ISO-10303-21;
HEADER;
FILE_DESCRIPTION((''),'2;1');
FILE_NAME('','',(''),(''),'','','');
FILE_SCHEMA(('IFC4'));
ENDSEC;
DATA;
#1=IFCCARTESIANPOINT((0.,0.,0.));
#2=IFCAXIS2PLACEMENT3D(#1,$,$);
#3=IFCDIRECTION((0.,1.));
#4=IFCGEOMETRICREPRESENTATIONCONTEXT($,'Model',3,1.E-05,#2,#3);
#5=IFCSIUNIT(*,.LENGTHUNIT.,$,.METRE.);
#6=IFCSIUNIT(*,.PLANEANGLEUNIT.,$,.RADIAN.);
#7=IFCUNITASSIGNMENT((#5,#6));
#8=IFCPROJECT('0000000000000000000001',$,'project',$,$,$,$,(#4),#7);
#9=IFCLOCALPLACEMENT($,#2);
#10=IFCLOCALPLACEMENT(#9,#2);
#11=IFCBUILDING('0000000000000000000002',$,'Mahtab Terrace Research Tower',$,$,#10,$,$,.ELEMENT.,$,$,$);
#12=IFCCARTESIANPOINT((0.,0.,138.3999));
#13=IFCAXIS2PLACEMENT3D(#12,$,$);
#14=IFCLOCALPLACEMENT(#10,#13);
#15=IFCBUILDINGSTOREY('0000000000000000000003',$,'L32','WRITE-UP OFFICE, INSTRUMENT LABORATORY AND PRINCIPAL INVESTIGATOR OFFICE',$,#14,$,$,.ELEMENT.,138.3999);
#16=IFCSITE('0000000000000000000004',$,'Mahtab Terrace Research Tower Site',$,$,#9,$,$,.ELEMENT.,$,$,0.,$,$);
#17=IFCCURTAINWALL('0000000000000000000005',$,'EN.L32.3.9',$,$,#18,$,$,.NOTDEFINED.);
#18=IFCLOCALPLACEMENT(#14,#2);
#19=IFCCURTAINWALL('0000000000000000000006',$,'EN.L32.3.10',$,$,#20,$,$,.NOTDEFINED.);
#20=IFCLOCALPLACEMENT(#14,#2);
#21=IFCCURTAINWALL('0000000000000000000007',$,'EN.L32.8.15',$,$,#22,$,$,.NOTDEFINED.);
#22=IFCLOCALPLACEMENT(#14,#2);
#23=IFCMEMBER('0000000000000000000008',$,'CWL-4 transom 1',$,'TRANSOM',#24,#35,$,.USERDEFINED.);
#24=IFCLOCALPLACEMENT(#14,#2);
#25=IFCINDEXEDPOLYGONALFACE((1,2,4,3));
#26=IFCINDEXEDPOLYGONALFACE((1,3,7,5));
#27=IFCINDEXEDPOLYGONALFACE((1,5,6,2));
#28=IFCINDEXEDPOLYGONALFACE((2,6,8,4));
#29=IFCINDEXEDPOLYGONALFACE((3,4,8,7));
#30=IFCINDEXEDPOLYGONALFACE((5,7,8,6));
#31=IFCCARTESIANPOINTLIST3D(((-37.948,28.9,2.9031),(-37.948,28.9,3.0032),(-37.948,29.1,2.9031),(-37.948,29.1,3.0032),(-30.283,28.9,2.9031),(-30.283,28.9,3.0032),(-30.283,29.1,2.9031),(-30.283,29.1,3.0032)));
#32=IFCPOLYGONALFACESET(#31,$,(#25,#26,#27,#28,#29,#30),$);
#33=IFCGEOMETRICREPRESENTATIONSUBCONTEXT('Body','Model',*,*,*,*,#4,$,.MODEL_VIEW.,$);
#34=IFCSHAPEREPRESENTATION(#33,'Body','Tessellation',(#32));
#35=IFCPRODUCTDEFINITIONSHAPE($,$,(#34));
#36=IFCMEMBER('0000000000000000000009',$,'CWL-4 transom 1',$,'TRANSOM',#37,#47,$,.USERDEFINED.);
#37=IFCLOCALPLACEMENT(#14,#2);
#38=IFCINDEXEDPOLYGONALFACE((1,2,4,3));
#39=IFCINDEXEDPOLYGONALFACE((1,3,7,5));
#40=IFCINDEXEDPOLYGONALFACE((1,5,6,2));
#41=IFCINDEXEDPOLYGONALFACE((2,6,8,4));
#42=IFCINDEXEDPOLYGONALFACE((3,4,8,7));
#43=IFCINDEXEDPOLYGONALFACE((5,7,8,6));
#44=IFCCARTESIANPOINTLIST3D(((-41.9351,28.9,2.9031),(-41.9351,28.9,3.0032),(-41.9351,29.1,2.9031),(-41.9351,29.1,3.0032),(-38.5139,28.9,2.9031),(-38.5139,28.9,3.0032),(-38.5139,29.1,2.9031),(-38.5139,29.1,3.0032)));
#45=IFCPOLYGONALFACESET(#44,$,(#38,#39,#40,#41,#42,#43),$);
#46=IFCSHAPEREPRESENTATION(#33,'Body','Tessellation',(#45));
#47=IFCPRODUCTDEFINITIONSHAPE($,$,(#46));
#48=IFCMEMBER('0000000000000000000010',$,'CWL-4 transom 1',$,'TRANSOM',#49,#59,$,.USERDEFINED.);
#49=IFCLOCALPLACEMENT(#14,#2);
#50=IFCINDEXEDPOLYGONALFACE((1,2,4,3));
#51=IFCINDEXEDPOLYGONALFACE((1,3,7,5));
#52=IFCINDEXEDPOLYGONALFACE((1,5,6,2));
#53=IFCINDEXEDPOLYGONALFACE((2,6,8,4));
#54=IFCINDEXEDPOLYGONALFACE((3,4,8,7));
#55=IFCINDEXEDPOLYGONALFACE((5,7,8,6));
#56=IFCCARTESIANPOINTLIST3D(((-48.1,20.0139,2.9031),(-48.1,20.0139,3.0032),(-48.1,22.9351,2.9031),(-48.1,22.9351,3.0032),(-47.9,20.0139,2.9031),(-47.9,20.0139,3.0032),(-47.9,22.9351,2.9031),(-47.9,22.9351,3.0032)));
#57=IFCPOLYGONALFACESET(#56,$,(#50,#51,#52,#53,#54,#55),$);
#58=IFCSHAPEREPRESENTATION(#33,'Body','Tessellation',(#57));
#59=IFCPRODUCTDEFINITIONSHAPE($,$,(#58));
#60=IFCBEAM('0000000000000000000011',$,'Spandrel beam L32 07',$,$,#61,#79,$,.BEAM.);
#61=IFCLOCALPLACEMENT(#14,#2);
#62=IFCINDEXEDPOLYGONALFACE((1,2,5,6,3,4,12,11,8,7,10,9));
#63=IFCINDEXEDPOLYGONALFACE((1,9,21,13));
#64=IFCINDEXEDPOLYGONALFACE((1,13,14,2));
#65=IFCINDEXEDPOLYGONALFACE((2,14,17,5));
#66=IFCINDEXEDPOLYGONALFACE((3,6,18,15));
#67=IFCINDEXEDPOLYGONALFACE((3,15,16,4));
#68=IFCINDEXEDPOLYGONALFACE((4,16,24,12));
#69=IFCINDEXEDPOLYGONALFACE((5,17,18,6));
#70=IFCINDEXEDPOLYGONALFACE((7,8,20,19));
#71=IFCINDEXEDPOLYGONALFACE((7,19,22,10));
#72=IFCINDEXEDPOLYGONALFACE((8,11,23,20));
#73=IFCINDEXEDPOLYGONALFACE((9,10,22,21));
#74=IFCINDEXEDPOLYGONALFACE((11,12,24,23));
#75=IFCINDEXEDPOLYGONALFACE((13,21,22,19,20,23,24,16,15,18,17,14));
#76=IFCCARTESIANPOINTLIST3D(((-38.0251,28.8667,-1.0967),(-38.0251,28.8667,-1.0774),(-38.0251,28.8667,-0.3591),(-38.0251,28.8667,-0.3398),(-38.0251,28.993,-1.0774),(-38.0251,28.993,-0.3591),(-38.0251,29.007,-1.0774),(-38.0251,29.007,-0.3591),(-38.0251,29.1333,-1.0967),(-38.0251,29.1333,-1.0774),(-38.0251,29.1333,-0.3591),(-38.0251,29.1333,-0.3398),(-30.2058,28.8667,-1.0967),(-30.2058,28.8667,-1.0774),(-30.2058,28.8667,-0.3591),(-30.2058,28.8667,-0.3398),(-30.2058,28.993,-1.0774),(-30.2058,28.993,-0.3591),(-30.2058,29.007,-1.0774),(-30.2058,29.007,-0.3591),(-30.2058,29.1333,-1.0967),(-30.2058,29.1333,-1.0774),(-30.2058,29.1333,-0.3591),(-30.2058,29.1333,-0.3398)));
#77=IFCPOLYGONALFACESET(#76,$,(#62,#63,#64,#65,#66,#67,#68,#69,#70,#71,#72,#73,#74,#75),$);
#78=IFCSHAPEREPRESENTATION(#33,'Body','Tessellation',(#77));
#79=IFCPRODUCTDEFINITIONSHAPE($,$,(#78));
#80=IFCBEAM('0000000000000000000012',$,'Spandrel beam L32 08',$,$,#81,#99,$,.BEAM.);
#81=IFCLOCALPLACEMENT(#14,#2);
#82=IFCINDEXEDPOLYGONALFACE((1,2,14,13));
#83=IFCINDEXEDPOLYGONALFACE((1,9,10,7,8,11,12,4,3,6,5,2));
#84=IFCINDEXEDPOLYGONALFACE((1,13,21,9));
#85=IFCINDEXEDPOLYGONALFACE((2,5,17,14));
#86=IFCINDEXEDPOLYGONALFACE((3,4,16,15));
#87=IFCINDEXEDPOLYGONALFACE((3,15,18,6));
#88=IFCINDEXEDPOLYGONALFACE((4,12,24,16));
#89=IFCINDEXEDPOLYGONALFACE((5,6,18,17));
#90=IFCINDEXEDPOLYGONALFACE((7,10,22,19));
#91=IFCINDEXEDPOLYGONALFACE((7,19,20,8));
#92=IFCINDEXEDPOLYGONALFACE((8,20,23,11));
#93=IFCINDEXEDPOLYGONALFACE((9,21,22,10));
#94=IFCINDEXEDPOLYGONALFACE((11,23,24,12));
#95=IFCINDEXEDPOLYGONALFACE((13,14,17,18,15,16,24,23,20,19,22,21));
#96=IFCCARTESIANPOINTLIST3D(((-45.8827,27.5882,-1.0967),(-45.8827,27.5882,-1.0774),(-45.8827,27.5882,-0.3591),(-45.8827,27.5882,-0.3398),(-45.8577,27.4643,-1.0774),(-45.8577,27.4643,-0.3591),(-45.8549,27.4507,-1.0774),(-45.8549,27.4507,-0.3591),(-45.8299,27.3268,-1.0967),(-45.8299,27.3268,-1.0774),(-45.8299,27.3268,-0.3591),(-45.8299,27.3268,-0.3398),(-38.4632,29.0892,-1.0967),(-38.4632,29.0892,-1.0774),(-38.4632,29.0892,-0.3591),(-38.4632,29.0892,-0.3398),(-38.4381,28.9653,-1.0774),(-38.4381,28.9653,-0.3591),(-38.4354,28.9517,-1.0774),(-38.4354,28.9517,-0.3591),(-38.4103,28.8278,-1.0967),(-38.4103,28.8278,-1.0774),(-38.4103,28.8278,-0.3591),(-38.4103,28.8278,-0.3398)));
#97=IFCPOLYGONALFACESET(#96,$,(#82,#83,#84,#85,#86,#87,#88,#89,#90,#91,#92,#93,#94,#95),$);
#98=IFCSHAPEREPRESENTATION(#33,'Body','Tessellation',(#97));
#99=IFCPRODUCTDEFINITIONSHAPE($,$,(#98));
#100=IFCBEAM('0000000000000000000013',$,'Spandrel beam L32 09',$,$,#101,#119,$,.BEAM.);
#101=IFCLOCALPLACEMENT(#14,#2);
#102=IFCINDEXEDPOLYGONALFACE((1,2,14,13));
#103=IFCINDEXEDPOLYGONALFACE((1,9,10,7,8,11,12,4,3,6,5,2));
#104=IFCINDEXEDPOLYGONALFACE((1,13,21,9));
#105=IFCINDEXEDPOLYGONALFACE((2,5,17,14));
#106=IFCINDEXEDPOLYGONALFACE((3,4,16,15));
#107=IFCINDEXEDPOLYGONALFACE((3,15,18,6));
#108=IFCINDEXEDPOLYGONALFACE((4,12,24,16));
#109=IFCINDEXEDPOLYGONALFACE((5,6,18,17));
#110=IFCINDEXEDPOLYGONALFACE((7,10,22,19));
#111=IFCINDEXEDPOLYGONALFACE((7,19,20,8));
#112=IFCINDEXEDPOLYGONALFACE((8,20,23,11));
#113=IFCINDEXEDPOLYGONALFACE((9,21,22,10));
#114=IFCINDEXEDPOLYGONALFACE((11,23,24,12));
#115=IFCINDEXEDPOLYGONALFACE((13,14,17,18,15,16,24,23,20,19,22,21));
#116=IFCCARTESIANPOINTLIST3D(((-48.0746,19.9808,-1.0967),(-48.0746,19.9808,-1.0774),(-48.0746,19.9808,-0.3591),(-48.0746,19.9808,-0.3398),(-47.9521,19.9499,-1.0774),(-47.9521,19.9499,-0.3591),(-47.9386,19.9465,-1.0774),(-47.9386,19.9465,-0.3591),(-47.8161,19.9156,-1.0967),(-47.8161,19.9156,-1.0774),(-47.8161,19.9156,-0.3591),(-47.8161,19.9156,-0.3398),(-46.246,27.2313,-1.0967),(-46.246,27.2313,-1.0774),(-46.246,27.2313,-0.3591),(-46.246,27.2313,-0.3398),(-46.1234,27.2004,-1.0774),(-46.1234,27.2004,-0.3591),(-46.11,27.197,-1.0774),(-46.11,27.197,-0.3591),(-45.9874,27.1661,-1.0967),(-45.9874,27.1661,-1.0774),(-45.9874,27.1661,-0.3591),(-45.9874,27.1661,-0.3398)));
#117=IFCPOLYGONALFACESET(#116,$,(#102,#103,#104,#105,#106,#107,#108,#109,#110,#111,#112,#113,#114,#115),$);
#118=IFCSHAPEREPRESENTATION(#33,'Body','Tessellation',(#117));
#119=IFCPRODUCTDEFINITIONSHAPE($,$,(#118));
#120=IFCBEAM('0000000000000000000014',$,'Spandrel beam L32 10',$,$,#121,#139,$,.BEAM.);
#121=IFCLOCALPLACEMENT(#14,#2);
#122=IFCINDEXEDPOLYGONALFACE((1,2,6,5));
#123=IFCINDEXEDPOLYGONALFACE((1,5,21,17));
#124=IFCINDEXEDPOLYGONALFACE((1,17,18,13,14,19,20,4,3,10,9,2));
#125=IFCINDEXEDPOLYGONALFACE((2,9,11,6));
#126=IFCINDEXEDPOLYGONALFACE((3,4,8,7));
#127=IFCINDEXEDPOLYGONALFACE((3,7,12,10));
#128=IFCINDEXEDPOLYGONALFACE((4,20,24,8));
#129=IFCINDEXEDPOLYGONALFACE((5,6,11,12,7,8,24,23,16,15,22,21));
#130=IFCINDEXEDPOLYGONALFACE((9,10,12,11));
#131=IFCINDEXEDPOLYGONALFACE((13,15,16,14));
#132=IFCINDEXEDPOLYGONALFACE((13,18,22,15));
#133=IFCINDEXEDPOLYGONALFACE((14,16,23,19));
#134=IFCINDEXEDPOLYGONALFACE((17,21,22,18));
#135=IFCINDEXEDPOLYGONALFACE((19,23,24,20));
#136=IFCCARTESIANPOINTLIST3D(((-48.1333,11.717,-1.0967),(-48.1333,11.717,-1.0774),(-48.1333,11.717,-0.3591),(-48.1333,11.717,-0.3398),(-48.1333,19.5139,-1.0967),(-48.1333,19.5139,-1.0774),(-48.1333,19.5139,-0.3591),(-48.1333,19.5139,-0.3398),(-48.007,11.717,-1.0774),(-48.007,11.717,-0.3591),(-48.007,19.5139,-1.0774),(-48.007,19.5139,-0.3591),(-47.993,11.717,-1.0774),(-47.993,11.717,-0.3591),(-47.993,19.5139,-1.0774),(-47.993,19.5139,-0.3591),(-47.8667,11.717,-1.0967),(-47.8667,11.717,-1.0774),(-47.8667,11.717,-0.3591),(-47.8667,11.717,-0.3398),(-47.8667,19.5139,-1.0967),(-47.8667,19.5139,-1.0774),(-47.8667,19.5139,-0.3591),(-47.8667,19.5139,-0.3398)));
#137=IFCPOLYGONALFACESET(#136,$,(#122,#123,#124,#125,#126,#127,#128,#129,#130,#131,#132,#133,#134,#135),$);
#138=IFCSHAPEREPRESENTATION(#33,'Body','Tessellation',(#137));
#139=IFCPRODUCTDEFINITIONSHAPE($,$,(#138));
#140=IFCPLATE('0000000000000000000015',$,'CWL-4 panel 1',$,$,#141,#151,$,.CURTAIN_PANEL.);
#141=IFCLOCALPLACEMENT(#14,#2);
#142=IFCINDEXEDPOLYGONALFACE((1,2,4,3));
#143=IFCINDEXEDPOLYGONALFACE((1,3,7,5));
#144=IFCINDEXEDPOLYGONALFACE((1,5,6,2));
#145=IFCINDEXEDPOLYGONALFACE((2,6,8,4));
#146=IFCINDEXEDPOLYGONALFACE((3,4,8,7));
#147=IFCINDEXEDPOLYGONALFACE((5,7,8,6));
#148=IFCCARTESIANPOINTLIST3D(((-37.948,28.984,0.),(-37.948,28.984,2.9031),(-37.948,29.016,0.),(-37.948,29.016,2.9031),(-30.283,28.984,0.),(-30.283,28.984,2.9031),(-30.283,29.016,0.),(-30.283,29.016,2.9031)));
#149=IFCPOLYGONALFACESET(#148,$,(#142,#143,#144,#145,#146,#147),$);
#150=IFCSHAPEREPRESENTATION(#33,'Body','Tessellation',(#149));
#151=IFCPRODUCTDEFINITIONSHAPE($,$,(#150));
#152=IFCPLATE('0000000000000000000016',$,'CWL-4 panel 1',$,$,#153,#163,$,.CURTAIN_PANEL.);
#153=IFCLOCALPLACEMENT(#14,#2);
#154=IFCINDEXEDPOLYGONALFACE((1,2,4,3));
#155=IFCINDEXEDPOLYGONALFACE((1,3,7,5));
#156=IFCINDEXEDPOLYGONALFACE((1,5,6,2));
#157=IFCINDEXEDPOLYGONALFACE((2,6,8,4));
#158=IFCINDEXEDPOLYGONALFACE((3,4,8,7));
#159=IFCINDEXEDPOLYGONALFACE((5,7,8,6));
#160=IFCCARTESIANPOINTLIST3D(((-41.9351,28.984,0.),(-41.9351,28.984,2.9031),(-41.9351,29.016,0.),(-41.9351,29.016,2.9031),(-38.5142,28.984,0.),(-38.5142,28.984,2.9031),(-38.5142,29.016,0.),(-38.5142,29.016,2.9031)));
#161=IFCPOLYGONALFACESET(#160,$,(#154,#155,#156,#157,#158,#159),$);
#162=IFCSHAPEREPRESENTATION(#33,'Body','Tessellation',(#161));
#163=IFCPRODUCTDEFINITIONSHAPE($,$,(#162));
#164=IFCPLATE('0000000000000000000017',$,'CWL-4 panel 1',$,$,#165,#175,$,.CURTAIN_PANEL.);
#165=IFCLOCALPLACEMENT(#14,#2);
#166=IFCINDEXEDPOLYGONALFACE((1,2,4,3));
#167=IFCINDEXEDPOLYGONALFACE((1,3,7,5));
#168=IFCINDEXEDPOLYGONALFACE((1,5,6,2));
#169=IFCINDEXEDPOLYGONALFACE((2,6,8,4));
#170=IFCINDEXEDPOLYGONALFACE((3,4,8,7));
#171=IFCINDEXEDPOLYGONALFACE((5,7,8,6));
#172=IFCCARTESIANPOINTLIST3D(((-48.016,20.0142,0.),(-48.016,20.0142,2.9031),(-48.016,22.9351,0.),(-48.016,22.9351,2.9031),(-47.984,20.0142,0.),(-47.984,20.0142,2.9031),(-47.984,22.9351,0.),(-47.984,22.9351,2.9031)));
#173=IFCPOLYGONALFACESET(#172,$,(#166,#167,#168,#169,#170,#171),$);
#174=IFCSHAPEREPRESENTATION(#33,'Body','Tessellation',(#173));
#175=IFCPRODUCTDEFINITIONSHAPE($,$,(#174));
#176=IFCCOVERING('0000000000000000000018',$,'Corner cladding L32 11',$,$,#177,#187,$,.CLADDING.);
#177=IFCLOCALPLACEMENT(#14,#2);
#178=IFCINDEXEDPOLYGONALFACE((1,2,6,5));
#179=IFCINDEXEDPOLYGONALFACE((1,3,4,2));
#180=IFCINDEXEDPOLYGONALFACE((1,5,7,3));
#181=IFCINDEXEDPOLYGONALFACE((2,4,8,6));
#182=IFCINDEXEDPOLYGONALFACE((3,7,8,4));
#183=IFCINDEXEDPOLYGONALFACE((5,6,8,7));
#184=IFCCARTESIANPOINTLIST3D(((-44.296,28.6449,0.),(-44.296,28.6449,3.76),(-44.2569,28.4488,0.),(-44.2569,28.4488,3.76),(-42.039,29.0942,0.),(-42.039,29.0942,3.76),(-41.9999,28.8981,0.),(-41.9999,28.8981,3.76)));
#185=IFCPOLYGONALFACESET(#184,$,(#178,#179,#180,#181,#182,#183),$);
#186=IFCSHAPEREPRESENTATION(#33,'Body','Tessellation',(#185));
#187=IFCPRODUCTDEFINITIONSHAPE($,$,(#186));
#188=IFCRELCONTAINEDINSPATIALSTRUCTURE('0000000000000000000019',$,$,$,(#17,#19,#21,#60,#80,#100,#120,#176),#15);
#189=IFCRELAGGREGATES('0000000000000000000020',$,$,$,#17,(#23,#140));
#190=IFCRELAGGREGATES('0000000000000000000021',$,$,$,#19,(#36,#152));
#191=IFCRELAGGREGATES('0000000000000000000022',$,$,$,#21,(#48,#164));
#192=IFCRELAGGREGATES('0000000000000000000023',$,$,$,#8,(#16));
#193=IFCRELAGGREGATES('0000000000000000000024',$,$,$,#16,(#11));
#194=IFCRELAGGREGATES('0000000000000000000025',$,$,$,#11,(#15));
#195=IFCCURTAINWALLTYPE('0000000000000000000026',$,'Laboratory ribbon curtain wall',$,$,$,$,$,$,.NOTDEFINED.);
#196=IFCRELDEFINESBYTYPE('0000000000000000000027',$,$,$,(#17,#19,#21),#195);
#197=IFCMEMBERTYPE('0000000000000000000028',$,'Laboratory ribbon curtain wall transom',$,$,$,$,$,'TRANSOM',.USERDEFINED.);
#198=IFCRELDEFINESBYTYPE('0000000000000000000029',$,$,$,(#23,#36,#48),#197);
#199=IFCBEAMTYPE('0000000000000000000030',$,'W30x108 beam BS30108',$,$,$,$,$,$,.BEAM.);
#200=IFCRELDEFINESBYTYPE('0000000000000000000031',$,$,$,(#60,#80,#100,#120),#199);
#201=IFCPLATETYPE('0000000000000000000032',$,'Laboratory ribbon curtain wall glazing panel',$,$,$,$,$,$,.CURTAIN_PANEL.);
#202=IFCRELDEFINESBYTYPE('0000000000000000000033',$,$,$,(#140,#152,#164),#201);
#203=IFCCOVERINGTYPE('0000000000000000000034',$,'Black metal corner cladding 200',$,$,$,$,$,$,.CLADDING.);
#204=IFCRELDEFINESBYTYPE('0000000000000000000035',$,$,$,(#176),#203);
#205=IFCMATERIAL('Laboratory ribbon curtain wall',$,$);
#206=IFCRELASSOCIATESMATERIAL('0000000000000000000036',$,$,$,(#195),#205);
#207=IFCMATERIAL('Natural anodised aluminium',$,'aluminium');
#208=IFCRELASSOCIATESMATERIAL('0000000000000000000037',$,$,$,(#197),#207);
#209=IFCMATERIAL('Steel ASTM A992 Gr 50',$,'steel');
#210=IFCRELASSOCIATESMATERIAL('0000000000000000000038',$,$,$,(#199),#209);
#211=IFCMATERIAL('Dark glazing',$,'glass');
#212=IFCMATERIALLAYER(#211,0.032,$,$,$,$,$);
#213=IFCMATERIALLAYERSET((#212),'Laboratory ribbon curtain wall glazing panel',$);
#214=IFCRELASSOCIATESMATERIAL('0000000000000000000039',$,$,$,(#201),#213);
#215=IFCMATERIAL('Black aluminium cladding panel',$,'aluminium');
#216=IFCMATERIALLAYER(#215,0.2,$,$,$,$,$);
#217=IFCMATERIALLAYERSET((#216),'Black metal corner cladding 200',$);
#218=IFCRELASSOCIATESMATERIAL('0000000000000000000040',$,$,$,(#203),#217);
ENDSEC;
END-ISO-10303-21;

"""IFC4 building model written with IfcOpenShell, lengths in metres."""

from ifc_helpers import new_model, si_unit, direction, frame, origin, origin_2d, place, context, subcontext, project, spatial, rectangle, i_section, extrude, material, layer, layer_set, material_profile, profile_set, type_object, element, aggregate, save


model = new_model("IFC4")

# Units and contexts
model_context = context("Model", 3, precision=1e-05, world=origin(), true_north=direction((0.0, 1.0)))
body_context = subcontext(model_context, "Body", "Model", "MODEL_VIEW")
ifc_project = project(units=[si_unit("LENGTHUNIT", "METRE"), si_unit("PLANEANGLEUNIT", "RADIAN")], contexts=[model_context])

# Site, building, storey
site_placement = place(None, origin())
site = spatial("IfcSite", under=ifc_project, at=site_placement, Name="Mahtab Terrace Research Tower Site", CompositionType="ELEMENT", RefElevation=0.0)
building_placement = place(site_placement, origin())
building = spatial("IfcBuilding", under=site, at=building_placement, Name="Mahtab Terrace Research Tower", CompositionType="ELEMENT")
storey_placement = place(building_placement, frame((0.0, 0.0, 138.3999)))
storey = spatial("IfcBuildingStorey", under=building, at=storey_placement, Name="L32", Description="WRITE-UP OFFICE, INSTRUMENT LABORATORY AND PRINCIPAL INVESTIGATOR OFFICE", CompositionType="ELEMENT", Elevation=138.3999)

# Shared definitions
ifc_material_1 = material(Name="Steel ASTM A992 Gr 50", Category="steel")

# Curtain walls
ifc_material_2 = material(Name="Laboratory ribbon curtain wall")
curtain_wall_type = type_object("IfcCurtainWallType", Name="Laboratory ribbon curtain wall", PredefinedType="NOTDEFINED", material=ifc_material_2)
curtain_wall_1_placement = place(storey_placement, origin())
curtain_wall_1 = element("IfcCurtainWall", 1, at=curtain_wall_1_placement, inside=storey, type_object=curtain_wall_type, Name="EN.L32.3.9", PredefinedType="NOTDEFINED")
ifc_material_3 = material(Name="Natural anodised aluminium", Category="aluminium")
curtain_wall_2_placement = place(storey_placement, origin())
curtain_wall_2 = element("IfcCurtainWall", 2, at=curtain_wall_2_placement, inside=storey, type_object=curtain_wall_type, Name="EN.L32.3.10", PredefinedType="NOTDEFINED")
curtain_wall_3_placement = place(storey_placement, origin())
curtain_wall_3 = element("IfcCurtainWall", 3, at=curtain_wall_3_placement, inside=storey, type_object=curtain_wall_type, Name="EN.L32.8.15", PredefinedType="NOTDEFINED")

# Members
ifc_material_profile_1 = material_profile(ifc_material_3, rectangle(XDim=0.2, YDim=0.1001, at=origin_2d()), Name="TRANSOM 100x200")
ifc_profile_set_1 = profile_set([ifc_material_profile_1], Name="Natural anodised aluminium")
member_type_1 = type_object("IfcMemberType", Name="Laboratory ribbon curtain wall transom", ElementType="TRANSOM", PredefinedType="USERDEFINED", material=ifc_profile_set_1)
member_1_placement = place(storey_placement, frame((-30.283, 29.0, 2.9531), z_axis=(-1.0, 0.0, 0.0), x_axis=(0.0, -1.0, 0.0)))
member_1 = element("IfcMember", 4, at=member_1_placement, type_object=member_type_1, Name="CWL-4 transom 1", ObjectType="TRANSOM", PredefinedType="USERDEFINED", context=body_context, shape_type="SweptSolid", body=[
    extrude(rectangle(XDim=0.2, YDim=0.1001, at=origin_2d()), origin(), (0.0, 0.0, 1.0), 7.665),
])
member_2_placement = place(storey_placement, frame((-38.5139, 29.0, 2.9531), z_axis=(-1.0, 0.0, 0.0), x_axis=(0.0, -1.0, 0.0)))
member_2 = element("IfcMember", 5, at=member_2_placement, type_object=member_type_1, Name="CWL-4 transom 1", ObjectType="TRANSOM", PredefinedType="USERDEFINED", context=body_context, shape_type="SweptSolid", body=[
    extrude(rectangle(XDim=0.2, YDim=0.1001, at=origin_2d()), origin(), (0.0, 0.0, 1.0), 3.4211),
])
member_3_placement = place(storey_placement, frame((-48.0, 22.9351, 2.9531), z_axis=(0.0, -1.0, 0.0), x_axis=(1.0, 0.0, 0.0)))
member_3 = element("IfcMember", 6, at=member_3_placement, type_object=member_type_1, Name="CWL-4 transom 1", ObjectType="TRANSOM", PredefinedType="USERDEFINED", context=body_context, shape_type="SweptSolid", body=[
    extrude(rectangle(XDim=0.2, YDim=0.1001, at=origin_2d()), origin(), (0.0, 0.0, 1.0), 2.9211),
])

# Beams
ifc_material_profile_2 = material_profile(ifc_material_1, i_section(OverallWidth=0.2666, OverallDepth=0.7568, WebThickness=0.0139, FlangeThickness=0.0193, at=origin_2d()), Name="W30X108")
ifc_profile_set_2 = profile_set([ifc_material_profile_2], Name="Steel ASTM A992 Gr 50")
beam_type = type_object("IfcBeamType", Name="W30x108 beam BS30108", PredefinedType="BEAM", material=ifc_profile_set_2)
beam_1_placement = place(storey_placement, frame((-30.2058, 29.0, -0.7183), z_axis=(-1.0, 0.0, 0.0), x_axis=(0.0, -1.0, 0.0)))
element("IfcBeam", 7, at=beam_1_placement, inside=storey, type_object=beam_type, Name="Spandrel beam L32 07", PredefinedType="BEAM", context=body_context, shape_type="SweptSolid", body=[
    extrude(i_section(OverallWidth=0.2666, OverallDepth=0.7568, WebThickness=0.0139, FlangeThickness=0.0193, at=origin_2d()), origin(), (0.0, 0.0, 1.0), 7.8193),
])
beam_2_placement = place(storey_placement, frame((-38.4368, 28.9585, -0.7183), z_axis=(-0.980144, -0.198286, 0.0), x_axis=(0.198286, -0.980144, 0.0)))
element("IfcBeam", 8, at=beam_2_placement, inside=storey, type_object=beam_type, Name="Spandrel beam L32 08", PredefinedType="BEAM", context=body_context, shape_type="SweptSolid", body=[
    extrude(i_section(OverallWidth=0.2666, OverallDepth=0.7568, WebThickness=0.0139, FlangeThickness=0.0193, at=origin_2d()), origin(), (0.0, 0.0, 1.0), 7.5698),
])
beam_3_placement = place(storey_placement, frame((-46.1167, 27.1987, -0.7183), z_axis=(-0.244548, -0.969637, 0.0), x_axis=(0.969637, -0.244548, 0.0)))
element("IfcBeam", 9, at=beam_3_placement, inside=storey, type_object=beam_type, Name="Spandrel beam L32 09", PredefinedType="BEAM", context=body_context, shape_type="SweptSolid", body=[
    extrude(i_section(OverallWidth=0.2666, OverallDepth=0.7568, WebThickness=0.0139, FlangeThickness=0.0193, at=origin_2d()), origin(), (0.0, 0.0, 1.0), 7.4775),
])
beam_4_placement = place(storey_placement, frame((-48.0, 19.5139, -0.7183), z_axis=(0.0, -1.0, 0.0), x_axis=(1.0, 0.0, 0.0)))
element("IfcBeam", 10, at=beam_4_placement, inside=storey, type_object=beam_type, Name="Spandrel beam L32 10", PredefinedType="BEAM", context=body_context, shape_type="SweptSolid", body=[
    extrude(i_section(OverallWidth=0.2666, OverallDepth=0.7568, WebThickness=0.0139, FlangeThickness=0.0193, at=origin_2d()), origin(), (0.0, 0.0, 1.0), 7.7969),
])

# Plates
ifc_material_4 = material(Name="Dark glazing", Category="glass")
ifc_layer_1 = layer(ifc_material_4, 0.032)
ifc_layer_set_1 = layer_set([ifc_layer_1], Name="Laboratory ribbon curtain wall glazing panel")
plate_type = type_object("IfcPlateType", Name="Laboratory ribbon curtain wall glazing panel", PredefinedType="CURTAIN_PANEL", material=ifc_layer_set_1)
plate_1_placement = place(storey_placement, frame((-34.1155, 29.0, 0.0), z_axis=(0.0, 0.0, 1.0), x_axis=(-1.0, 0.0, 0.0)))
plate_1 = element("IfcPlate", 11, at=plate_1_placement, type_object=plate_type, Name="CWL-4 panel 1", PredefinedType="CURTAIN_PANEL", context=body_context, shape_type="SweptSolid", body=[
    extrude(rectangle(XDim=7.665, YDim=0.032, at=origin_2d()), origin(), (0.0, 0.0, 1.0), 2.9031),
])
aggregate(curtain_wall_1, [member_1, plate_1])
plate_2_placement = place(storey_placement, frame((-40.2246, 29.0, 0.0), z_axis=(0.0, 0.0, 1.0), x_axis=(-1.0, 0.0, 0.0)))
plate_2 = element("IfcPlate", 12, at=plate_2_placement, type_object=plate_type, Name="CWL-4 panel 1", PredefinedType="CURTAIN_PANEL", context=body_context, shape_type="SweptSolid", body=[
    extrude(rectangle(XDim=3.4209, YDim=0.032, at=origin_2d()), origin(), (0.0, 0.0, 1.0), 2.9031),
])
aggregate(curtain_wall_2, [member_2, plate_2])
plate_3_placement = place(storey_placement, frame((-48.0, 21.4746, 0.0), z_axis=(0.0, 0.0, 1.0), x_axis=(0.0, -1.0, 0.0)))
plate_3 = element("IfcPlate", 13, at=plate_3_placement, type_object=plate_type, Name="CWL-4 panel 1", PredefinedType="CURTAIN_PANEL", context=body_context, shape_type="SweptSolid", body=[
    extrude(rectangle(XDim=2.9209, YDim=0.032, at=origin_2d()), origin(), (0.0, 0.0, 1.0), 2.9031),
])
aggregate(curtain_wall_3, [member_3, plate_3])

# Covering
ifc_material_5 = material(Name="Black aluminium cladding panel", Category="aluminium")
ifc_layer_2 = layer(ifc_material_5, 0.2)
ifc_layer_set_2 = layer_set([ifc_layer_2], Name="Black metal corner cladding 200")
covering_type_1 = type_object("IfcCoveringType", Name="Black metal corner cladding 200", PredefinedType="CLADDING", material=ifc_layer_set_2)
covering_1_placement = place(storey_placement, frame((-43.1479, 28.7715, 0.0), z_axis=(0.0, 0.0, 1.0), x_axis=(-0.980761, -0.195212, 0.0)))
element("IfcCovering", 14, at=covering_1_placement, inside=storey, type_object=covering_type_1, Name="Corner cladding L32 11", PredefinedType="CLADDING", context=body_context, shape_type="SweptSolid", body=[
    extrude(rectangle(XDim=2.3013, YDim=0.2, at=origin_2d()), origin(), (0.0, 0.0, 1.0), 3.76),
])

save(model, "model.ifc")
